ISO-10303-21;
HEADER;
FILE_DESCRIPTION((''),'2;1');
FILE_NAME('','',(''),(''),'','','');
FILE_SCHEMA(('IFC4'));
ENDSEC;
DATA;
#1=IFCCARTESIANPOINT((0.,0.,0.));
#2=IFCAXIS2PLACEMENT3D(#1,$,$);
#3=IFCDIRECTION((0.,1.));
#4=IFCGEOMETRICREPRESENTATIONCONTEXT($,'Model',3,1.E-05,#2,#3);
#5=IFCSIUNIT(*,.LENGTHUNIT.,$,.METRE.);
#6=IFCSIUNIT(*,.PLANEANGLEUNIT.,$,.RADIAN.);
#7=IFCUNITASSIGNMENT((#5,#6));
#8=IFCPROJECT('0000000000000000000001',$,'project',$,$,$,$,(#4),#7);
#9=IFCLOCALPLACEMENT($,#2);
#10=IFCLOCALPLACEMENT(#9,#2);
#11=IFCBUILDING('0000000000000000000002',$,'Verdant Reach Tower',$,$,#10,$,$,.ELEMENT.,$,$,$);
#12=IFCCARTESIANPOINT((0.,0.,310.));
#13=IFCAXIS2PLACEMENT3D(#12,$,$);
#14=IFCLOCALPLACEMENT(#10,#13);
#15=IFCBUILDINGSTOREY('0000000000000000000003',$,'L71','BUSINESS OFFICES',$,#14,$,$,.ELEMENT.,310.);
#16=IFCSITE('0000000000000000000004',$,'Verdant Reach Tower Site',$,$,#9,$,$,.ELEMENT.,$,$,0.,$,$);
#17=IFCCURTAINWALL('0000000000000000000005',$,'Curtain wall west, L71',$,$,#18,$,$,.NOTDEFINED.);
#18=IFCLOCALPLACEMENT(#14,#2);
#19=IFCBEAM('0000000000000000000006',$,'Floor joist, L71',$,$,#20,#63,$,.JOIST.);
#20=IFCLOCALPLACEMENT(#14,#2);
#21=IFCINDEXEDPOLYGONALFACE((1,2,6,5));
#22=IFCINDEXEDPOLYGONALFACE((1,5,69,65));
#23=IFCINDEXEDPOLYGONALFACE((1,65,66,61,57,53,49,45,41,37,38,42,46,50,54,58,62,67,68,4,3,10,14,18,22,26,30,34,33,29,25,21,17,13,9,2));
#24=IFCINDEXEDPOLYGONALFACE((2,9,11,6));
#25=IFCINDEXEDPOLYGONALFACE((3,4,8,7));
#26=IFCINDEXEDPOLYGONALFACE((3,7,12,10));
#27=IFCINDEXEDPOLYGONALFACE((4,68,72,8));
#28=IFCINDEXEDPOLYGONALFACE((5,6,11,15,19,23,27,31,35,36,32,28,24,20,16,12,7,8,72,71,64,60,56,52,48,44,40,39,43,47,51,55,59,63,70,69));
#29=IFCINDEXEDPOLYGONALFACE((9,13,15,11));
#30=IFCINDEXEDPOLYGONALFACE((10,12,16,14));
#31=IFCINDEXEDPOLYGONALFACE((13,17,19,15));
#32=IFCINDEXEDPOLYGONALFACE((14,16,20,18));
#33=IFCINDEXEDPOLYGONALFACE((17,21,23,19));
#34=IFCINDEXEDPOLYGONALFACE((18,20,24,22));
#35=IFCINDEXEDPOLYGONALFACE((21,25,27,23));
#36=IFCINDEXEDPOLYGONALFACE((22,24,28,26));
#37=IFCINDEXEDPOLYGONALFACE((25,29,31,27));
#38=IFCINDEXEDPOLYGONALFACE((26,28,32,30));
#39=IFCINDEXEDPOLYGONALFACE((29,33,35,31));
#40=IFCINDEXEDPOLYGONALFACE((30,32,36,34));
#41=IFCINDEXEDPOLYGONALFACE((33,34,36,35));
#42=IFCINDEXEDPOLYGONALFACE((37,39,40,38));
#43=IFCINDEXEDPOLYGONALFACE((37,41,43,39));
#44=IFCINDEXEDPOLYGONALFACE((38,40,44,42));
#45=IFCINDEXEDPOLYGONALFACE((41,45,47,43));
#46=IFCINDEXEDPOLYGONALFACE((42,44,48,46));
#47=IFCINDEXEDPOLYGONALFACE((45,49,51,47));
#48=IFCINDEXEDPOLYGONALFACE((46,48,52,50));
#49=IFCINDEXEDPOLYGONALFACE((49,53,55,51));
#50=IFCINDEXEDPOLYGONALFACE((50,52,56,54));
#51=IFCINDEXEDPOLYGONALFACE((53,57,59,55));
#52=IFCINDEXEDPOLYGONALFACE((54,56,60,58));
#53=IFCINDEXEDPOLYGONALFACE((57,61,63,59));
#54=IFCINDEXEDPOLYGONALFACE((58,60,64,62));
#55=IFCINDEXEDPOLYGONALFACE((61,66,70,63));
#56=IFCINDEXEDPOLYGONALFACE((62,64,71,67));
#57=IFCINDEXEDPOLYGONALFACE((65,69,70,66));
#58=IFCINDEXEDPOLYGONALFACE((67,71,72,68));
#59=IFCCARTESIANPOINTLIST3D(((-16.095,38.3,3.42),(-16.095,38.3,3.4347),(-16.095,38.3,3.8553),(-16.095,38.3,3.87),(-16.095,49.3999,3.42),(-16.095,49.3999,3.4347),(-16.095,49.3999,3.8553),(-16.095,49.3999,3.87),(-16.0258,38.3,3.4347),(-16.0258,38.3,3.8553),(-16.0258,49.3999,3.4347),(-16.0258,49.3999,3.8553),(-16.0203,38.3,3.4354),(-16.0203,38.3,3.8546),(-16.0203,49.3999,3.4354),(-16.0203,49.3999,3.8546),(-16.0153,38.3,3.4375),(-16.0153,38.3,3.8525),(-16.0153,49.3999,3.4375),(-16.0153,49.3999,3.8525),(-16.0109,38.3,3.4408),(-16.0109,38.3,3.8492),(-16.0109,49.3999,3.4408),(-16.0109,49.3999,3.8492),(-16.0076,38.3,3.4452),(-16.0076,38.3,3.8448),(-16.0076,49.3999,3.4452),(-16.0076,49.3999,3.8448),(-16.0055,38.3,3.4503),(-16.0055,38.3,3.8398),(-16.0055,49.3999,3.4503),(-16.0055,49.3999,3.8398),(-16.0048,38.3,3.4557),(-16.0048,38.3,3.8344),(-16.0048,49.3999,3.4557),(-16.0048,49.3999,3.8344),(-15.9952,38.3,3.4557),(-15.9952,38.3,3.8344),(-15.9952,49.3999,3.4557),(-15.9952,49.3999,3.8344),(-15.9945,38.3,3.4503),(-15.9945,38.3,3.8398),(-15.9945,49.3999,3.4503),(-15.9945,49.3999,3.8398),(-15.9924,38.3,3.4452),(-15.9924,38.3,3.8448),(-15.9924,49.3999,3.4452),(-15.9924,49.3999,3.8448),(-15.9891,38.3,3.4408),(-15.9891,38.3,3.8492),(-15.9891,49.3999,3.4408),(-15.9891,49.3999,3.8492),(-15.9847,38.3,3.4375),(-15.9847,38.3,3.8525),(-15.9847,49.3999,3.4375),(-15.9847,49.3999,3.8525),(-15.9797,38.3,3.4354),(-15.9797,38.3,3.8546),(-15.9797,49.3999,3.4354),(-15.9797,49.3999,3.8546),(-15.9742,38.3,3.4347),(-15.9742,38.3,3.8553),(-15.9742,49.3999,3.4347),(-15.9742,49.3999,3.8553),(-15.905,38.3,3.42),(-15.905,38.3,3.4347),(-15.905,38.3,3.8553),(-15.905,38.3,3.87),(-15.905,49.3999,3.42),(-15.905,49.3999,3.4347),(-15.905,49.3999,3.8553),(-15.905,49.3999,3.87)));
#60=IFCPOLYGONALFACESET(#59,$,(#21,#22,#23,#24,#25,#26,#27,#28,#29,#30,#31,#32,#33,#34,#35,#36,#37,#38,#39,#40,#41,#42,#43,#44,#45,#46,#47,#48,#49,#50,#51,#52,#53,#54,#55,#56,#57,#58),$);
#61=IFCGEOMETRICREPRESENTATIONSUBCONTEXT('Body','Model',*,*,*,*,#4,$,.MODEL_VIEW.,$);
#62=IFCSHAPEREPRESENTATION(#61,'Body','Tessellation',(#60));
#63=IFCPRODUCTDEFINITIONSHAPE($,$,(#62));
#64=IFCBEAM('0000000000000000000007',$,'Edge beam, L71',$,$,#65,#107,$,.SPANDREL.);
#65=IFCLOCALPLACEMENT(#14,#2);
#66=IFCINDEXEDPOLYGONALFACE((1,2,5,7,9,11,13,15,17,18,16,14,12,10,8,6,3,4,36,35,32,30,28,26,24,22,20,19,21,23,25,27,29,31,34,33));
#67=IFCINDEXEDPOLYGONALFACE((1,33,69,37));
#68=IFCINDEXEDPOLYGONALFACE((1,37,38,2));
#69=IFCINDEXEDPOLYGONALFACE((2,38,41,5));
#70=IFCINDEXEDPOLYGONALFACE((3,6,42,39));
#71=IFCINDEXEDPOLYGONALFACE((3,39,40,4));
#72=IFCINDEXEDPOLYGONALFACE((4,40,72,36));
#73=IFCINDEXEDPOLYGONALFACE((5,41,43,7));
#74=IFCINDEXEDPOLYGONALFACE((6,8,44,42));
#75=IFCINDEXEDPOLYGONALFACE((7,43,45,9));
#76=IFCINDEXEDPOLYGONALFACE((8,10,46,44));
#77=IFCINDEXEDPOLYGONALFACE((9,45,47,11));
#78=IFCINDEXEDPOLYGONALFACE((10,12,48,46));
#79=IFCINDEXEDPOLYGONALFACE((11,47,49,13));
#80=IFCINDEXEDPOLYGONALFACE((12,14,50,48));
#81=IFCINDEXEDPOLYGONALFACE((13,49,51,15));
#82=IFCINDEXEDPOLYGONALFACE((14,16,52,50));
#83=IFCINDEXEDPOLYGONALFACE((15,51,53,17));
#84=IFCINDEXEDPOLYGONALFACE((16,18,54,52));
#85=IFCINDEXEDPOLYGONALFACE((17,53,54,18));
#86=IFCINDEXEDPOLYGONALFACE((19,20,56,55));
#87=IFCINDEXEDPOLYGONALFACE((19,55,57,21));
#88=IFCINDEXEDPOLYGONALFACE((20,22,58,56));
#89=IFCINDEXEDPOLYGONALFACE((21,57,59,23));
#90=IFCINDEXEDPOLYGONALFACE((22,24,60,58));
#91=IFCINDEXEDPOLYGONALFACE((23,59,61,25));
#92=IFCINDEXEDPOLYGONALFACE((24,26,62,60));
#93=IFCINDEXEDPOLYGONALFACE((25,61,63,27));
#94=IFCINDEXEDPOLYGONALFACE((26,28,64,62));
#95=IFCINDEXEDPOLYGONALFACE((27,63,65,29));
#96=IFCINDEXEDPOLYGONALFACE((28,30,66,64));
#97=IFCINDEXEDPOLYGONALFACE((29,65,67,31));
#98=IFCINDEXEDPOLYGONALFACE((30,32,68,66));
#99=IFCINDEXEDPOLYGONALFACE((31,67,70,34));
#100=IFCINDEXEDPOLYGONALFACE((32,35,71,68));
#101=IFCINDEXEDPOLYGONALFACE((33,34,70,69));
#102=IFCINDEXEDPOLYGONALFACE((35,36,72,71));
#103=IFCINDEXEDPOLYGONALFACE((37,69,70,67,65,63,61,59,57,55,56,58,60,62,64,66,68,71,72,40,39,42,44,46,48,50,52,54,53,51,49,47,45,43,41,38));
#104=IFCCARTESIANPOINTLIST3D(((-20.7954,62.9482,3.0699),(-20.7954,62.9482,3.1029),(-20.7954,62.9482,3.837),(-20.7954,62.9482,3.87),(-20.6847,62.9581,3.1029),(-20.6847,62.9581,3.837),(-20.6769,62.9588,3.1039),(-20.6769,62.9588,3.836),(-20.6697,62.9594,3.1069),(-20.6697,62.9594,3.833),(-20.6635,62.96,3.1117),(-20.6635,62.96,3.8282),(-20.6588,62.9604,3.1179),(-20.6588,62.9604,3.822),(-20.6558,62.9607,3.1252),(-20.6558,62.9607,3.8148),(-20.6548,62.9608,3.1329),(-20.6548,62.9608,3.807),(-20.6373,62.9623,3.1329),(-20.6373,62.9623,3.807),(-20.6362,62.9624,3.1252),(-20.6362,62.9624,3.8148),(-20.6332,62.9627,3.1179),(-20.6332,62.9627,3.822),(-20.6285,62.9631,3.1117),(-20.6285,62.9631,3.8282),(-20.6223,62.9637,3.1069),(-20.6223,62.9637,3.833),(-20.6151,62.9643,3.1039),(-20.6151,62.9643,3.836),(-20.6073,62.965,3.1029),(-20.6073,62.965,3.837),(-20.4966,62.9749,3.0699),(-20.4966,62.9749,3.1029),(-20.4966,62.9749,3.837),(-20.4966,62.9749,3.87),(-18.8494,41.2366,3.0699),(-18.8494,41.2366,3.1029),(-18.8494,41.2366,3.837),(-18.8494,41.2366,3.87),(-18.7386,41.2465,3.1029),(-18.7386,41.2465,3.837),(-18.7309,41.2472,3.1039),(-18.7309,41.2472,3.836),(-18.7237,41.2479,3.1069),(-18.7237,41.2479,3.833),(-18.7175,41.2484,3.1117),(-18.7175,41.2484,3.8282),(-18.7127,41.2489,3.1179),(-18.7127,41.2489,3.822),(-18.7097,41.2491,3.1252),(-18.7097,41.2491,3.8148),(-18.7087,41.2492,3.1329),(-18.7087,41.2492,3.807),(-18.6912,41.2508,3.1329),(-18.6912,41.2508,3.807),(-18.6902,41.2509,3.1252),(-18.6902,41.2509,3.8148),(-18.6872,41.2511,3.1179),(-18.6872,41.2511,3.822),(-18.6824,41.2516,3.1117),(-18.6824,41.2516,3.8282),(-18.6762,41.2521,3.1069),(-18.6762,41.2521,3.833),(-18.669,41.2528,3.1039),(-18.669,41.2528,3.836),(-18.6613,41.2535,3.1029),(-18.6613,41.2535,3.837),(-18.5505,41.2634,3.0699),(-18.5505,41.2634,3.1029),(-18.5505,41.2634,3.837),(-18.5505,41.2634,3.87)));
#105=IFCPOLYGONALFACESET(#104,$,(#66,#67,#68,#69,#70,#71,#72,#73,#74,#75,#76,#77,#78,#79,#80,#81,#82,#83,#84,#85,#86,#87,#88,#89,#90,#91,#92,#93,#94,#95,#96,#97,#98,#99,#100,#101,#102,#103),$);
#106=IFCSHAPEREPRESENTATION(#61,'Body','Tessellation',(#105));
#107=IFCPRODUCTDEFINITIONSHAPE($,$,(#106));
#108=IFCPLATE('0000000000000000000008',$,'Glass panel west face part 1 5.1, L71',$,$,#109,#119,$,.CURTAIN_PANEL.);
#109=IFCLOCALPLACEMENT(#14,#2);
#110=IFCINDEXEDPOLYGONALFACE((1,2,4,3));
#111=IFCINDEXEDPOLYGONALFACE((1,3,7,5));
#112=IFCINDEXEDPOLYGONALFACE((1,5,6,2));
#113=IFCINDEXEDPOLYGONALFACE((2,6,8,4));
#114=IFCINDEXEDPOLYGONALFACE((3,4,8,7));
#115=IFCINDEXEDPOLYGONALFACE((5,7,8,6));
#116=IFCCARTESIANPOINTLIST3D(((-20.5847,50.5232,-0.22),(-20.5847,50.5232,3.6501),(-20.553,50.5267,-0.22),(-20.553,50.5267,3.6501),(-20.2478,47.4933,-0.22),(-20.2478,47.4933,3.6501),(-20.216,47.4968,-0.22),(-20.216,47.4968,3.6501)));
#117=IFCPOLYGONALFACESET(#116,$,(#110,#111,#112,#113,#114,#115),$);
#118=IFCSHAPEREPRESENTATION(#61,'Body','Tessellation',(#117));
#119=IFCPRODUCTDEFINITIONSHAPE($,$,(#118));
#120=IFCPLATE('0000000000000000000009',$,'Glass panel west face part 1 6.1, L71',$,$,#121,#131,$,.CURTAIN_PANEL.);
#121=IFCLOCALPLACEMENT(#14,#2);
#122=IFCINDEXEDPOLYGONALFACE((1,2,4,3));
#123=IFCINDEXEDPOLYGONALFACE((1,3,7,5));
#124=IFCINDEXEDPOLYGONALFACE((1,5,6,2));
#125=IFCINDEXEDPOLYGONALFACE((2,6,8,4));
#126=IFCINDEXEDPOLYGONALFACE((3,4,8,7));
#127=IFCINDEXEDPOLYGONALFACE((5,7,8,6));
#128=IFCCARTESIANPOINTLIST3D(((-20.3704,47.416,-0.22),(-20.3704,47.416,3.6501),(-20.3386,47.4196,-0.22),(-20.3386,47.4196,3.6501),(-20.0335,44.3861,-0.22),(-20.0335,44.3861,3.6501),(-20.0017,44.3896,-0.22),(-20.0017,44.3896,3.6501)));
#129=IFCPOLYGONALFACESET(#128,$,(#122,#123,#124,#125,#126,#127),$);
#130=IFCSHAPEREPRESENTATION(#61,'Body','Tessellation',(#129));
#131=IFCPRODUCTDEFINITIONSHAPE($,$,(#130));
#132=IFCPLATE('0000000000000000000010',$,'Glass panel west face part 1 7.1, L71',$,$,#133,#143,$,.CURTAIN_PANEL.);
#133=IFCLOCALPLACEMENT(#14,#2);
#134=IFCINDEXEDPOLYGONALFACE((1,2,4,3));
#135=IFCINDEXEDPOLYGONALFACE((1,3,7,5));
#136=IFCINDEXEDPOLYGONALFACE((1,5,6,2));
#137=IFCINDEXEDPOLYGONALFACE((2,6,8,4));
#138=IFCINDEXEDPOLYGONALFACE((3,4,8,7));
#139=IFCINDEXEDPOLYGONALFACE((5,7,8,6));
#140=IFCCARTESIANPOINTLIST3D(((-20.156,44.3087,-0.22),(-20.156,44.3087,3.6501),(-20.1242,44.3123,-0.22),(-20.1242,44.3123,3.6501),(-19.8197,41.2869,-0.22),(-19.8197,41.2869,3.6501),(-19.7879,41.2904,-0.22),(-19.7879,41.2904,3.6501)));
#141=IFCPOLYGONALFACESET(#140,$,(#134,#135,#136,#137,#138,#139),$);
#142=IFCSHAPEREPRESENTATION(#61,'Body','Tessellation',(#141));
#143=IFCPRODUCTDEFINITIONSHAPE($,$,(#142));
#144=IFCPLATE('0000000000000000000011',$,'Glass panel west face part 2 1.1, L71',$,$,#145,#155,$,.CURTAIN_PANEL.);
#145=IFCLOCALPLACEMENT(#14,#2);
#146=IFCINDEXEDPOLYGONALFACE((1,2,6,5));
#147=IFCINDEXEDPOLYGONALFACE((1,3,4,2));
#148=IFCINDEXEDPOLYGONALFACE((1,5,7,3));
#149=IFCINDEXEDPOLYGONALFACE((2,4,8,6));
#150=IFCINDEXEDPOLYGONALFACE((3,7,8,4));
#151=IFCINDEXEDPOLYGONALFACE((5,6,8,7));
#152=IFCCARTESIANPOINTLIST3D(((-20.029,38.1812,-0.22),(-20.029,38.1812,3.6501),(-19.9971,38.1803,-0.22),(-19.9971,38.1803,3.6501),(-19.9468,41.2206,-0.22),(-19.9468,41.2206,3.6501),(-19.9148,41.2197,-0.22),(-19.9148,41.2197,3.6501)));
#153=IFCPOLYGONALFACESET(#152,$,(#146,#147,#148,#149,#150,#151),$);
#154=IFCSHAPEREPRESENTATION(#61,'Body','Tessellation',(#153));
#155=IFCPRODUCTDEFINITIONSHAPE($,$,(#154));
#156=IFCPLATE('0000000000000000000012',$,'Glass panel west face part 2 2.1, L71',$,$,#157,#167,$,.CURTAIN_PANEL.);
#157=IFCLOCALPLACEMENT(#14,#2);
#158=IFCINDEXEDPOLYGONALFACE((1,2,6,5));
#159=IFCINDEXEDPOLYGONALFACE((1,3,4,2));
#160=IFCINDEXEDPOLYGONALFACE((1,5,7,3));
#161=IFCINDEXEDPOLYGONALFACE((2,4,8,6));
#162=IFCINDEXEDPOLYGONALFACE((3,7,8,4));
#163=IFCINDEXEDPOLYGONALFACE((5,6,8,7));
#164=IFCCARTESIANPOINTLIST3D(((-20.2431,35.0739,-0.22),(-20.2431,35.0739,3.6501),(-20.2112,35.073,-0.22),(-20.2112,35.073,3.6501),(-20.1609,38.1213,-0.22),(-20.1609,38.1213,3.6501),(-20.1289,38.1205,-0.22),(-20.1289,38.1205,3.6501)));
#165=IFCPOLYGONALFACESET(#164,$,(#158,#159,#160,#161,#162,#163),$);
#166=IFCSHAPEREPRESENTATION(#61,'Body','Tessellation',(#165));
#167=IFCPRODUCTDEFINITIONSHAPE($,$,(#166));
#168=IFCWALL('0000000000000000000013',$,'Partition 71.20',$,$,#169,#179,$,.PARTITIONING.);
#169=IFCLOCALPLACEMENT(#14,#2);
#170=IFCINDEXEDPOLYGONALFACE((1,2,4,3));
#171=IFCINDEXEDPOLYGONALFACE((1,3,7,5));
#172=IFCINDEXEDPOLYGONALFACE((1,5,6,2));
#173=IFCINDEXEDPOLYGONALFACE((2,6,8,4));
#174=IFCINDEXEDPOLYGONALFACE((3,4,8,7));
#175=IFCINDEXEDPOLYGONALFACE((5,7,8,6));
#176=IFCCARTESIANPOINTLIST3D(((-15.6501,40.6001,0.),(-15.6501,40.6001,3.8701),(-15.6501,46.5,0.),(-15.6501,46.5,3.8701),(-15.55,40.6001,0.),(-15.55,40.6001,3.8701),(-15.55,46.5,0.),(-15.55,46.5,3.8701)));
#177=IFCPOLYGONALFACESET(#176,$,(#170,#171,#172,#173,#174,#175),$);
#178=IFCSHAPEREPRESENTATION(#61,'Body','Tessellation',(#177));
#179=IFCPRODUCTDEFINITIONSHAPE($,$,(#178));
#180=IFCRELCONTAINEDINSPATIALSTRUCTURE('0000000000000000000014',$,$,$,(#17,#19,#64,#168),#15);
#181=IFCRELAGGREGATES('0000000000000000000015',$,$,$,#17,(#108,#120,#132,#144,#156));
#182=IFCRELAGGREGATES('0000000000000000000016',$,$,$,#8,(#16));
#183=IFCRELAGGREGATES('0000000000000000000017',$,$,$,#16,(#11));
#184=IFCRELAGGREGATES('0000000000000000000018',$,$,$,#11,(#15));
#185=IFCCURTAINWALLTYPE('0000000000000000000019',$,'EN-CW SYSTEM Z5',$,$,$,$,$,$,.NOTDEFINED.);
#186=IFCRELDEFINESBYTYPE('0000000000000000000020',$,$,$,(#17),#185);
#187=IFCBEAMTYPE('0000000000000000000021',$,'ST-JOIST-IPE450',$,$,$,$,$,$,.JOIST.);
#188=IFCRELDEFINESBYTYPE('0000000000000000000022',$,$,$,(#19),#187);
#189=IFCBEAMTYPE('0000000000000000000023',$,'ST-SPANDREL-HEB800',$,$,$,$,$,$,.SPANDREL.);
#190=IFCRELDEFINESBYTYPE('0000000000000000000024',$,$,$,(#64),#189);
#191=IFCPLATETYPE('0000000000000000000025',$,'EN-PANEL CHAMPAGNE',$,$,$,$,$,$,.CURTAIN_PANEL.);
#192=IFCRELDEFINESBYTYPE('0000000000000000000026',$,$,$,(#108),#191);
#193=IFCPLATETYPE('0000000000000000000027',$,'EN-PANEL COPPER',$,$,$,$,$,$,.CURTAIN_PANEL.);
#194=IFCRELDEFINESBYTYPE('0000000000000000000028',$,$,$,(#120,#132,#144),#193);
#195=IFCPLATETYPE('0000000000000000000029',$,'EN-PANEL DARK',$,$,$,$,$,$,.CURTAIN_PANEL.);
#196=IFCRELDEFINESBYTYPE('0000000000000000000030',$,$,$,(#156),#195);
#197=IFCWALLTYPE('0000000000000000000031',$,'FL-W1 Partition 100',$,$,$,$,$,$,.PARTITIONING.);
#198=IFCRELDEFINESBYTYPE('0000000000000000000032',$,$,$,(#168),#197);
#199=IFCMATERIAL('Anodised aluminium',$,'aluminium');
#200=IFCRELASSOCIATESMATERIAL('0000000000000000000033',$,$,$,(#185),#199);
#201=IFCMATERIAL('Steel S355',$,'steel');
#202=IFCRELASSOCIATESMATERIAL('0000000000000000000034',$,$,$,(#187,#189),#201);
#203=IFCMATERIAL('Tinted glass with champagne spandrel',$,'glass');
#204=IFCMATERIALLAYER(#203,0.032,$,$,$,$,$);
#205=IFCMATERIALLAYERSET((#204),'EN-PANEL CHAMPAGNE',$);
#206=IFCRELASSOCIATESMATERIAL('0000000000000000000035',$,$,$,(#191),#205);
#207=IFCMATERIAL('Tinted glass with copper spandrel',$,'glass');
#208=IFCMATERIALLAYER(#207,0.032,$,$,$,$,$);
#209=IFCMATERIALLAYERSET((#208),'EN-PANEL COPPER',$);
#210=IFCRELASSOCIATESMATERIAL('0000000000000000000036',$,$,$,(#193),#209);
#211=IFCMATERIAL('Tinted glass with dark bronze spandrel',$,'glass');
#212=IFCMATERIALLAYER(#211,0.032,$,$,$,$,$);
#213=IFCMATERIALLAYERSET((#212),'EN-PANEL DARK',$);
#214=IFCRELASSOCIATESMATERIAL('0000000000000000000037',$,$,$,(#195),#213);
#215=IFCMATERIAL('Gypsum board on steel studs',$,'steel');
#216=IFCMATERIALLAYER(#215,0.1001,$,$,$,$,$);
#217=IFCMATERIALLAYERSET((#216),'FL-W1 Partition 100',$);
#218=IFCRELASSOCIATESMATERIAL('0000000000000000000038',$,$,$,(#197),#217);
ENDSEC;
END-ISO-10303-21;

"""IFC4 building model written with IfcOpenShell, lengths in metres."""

from ifc_helpers import new_model, si_unit, direction, frame, frame_2d, origin, origin_2d, place, context, subcontext, project, spatial, rectangle, i_section, extrude, material, layer, layer_set, material_profile, profile_set, type_object, element, aggregate, save


model = new_model("IFC4")

# Units and contexts
model_context = context("Model", 3, precision=1e-05, world=origin(), true_north=direction((0.0, 1.0)))
body_context = subcontext(model_context, "Body", "Model", "MODEL_VIEW")
ifc_project = project(units=[si_unit("LENGTHUNIT", "METRE"), si_unit("PLANEANGLEUNIT", "RADIAN")], contexts=[model_context])

# Site, building, storey
site_placement = place(None, origin())
site = spatial("IfcSite", under=ifc_project, at=site_placement, Name="Verdant Reach Tower Site", CompositionType="ELEMENT", RefElevation=0.0)
building_placement = place(site_placement, origin())
building = spatial("IfcBuilding", under=site, at=building_placement, Name="Verdant Reach Tower", CompositionType="ELEMENT")
storey_placement = place(building_placement, frame((0.0, 0.0, 310.0)))
storey = spatial("IfcBuildingStorey", under=building, at=storey_placement, Name="L71", Description="BUSINESS OFFICES", CompositionType="ELEMENT", Elevation=310.0)

# Curtain wall
ifc_material_1 = material(Name="Anodised aluminium", Category="aluminium")
curtain_wall_type = type_object("IfcCurtainWallType", Name="EN-CW SYSTEM Z5", PredefinedType="NOTDEFINED", material=ifc_material_1)
curtain_wall_placement = place(storey_placement, origin())
curtain_wall = element("IfcCurtainWall", 1, at=curtain_wall_placement, inside=storey, type_object=curtain_wall_type, Name="Curtain wall west, L71", PredefinedType="NOTDEFINED")

# Beams
ifc_material_2 = material(Name="Steel S355", Category="steel")
ifc_material_profile_1 = material_profile(ifc_material_2, i_section(OverallWidth=0.1899, OverallDepth=0.45, WebThickness=0.0095, FlangeThickness=0.0146, FilletRadius=0.021, at=origin_2d()), Name="IPE 450")
ifc_profile_set_1 = profile_set([ifc_material_profile_1], Name="Steel S355")
beam_type_1 = type_object("IfcBeamType", Name="ST-JOIST-IPE450", PredefinedType="JOIST", material=ifc_profile_set_1)
beam_1_placement = place(storey_placement, frame((-16.0, 38.3, 3.645), z_axis=(0.0, 1.0, 0.0), x_axis=(-1.0, 0.0, 0.0)))
element("IfcBeam", 2, at=beam_1_placement, inside=storey, type_object=beam_type_1, Name="Floor joist, L71", PredefinedType="JOIST", context=body_context, shape_type="SweptSolid", body=[
    extrude(i_section(OverallWidth=0.1899, OverallDepth=0.45, WebThickness=0.0095, FlangeThickness=0.0146, FilletRadius=0.021, at=origin_2d()), origin(), (0.0, 0.0, 1.0), 11.0999),
])
ifc_material_profile_2 = material_profile(ifc_material_2, i_section(OverallWidth=0.3, OverallDepth=0.8, WebThickness=0.0176, FlangeThickness=0.033, FilletRadius=0.03, at=origin_2d()), Name="HEB 800")
ifc_profile_set_2 = profile_set([ifc_material_profile_2], Name="Steel S355")
beam_type_2 = type_object("IfcBeamType", Name="ST-SPANDREL-HEB800", PredefinedType="SPANDREL", material=ifc_profile_set_2)
beam_2_placement = place(storey_placement, frame((-18.7, 41.25, 3.47), z_axis=(-0.089274, 0.996007, 0.0), x_axis=(-0.996007, -0.089274, 0.0)))
element("IfcBeam", 3, at=beam_2_placement, inside=storey, type_object=beam_type_2, Name="Edge beam, L71", PredefinedType="SPANDREL", context=body_context, shape_type="SweptSolid", body=[
    extrude(i_section(OverallWidth=0.3, OverallDepth=0.8, WebThickness=0.0176, FlangeThickness=0.033, FilletRadius=0.03, at=origin_2d()), origin(), (0.0, 0.0, 1.0), 21.7986),
])

# Plates
ifc_material_3 = material(Name="Tinted glass with champagne spandrel", Category="glass")
ifc_layer_1 = layer(ifc_material_3, 0.032)
ifc_layer_set_1 = layer_set([ifc_layer_1], Name="EN-PANEL CHAMPAGNE")
plate_type_1 = type_object("IfcPlateType", Name="EN-PANEL CHAMPAGNE", PredefinedType="CURTAIN_PANEL", material=ifc_layer_set_1)
plate_1_placement = place(storey_placement, frame((-20.4004, 49.01, -0.22), z_axis=(0.0, 0.0, 1.0), x_axis=(0.110518, -0.993874, 0.0)))
plate_1 = element("IfcPlate", 4, at=plate_1_placement, type_object=plate_type_1, Name="Glass panel west face part 1 5.1, L71", PredefinedType="CURTAIN_PANEL", context=body_context, shape_type="SweptSolid", body=[
    extrude(rectangle(XDim=3.0486, YDim=0.032, at=origin_2d()), origin(), (0.0, 0.0, 1.0), 3.8701),
])
ifc_material_4 = material(Name="Tinted glass with copper spandrel", Category="glass")
ifc_layer_2 = layer(ifc_material_4, 0.032)
ifc_layer_set_2 = layer_set([ifc_layer_2], Name="EN-PANEL COPPER")
plate_type_2 = type_object("IfcPlateType", Name="EN-PANEL COPPER", PredefinedType="CURTAIN_PANEL", material=ifc_layer_set_2)
plate_2_placement = place(storey_placement, frame((-20.186, 45.9028, -0.22), z_axis=(0.0, 0.0, 1.0), x_axis=(0.110518, -0.993874, 0.0)))
plate_2 = element("IfcPlate", 5, at=plate_2_placement, type_object=plate_type_2, Name="Glass panel west face part 1 6.1, L71", PredefinedType="CURTAIN_PANEL", context=body_context, shape_type="SweptSolid", body=[
    extrude(rectangle(XDim=3.0486, YDim=0.032, at=origin_2d()), origin(), (0.0, 0.0, 1.0), 3.8701),
])
plate_3_placement = place(storey_placement, frame((-19.9719, 42.7996, -0.22), z_axis=(0.0, 0.0, 1.0), x_axis=(0.110605, -0.993864, 0.0)))
plate_3 = element("IfcPlate", 6, at=plate_3_placement, type_object=plate_type_2, Name="Glass panel west face part 1 7.1, L71", PredefinedType="CURTAIN_PANEL", context=body_context, shape_type="SweptSolid", body=[
    extrude(rectangle(XDim=3.0405, YDim=0.032, at=origin_2d()), origin(), (0.0, 0.0, 1.0), 3.8701),
])
plate_4_placement = place(storey_placement, frame((-19.9719, 39.7004, -0.22), z_axis=(0.0, 0.0, 1.0), x_axis=(-0.027053, -0.999634, 0.0)))
plate_4 = element("IfcPlate", 7, at=plate_4_placement, type_object=plate_type_2, Name="Glass panel west face part 2 1.1, L71", PredefinedType="CURTAIN_PANEL", context=body_context, shape_type="SweptSolid", body=[
    extrude(rectangle(XDim=3.0405, YDim=0.032, at=origin_2d()), origin(), (0.0, 0.0, 1.0), 3.8701),
])
ifc_material_5 = material(Name="Tinted glass with dark bronze spandrel", Category="glass")
ifc_layer_3 = layer(ifc_material_5, 0.032)
ifc_layer_set_3 = layer_set([ifc_layer_3], Name="EN-PANEL DARK")
plate_type_3 = type_object("IfcPlateType", Name="EN-PANEL DARK", PredefinedType="CURTAIN_PANEL", material=ifc_layer_set_3)
plate_5_placement = place(storey_placement, frame((-20.186, 36.5972, -0.22), z_axis=(0.0, 0.0, 1.0), x_axis=(-0.026965, -0.999636, 0.0)))
plate_5 = element("IfcPlate", 8, at=plate_5_placement, type_object=plate_type_3, Name="Glass panel west face part 2 2.1, L71", PredefinedType="CURTAIN_PANEL", context=body_context, shape_type="SweptSolid", body=[
    extrude(rectangle(XDim=3.0486, YDim=0.032, at=origin_2d()), origin(), (0.0, 0.0, 1.0), 3.8701),
])
aggregate(curtain_wall, [plate_1, plate_2, plate_3, plate_4, plate_5])

# Wall
ifc_material_6 = material(Name="Gypsum board on steel studs", Category="steel")
ifc_layer_4 = layer(ifc_material_6, 0.1001)
ifc_layer_set_4 = layer_set([ifc_layer_4], Name="FL-W1 Partition 100")
wall_type_1 = type_object("IfcWallType", Name="FL-W1 Partition 100", PredefinedType="PARTITIONING", material=ifc_layer_set_4)
wall_1_placement = place(storey_placement, frame((-15.6001, 40.6001, 0.0), z_axis=(0.0, 0.0, 1.0), x_axis=(0.0, 1.0, 0.0)))
element("IfcWall", 9, at=wall_1_placement, inside=storey, type_object=wall_type_1, Name="Partition 71.20", PredefinedType="PARTITIONING", context=body_context, shape_type="SweptSolid", body=[
    extrude(rectangle(XDim=5.8999, YDim=0.1001, at=frame_2d((2.95, 0.0))), origin(), (0.0, 0.0, 1.0), 3.8701),
])

save(model, "model.ifc")
